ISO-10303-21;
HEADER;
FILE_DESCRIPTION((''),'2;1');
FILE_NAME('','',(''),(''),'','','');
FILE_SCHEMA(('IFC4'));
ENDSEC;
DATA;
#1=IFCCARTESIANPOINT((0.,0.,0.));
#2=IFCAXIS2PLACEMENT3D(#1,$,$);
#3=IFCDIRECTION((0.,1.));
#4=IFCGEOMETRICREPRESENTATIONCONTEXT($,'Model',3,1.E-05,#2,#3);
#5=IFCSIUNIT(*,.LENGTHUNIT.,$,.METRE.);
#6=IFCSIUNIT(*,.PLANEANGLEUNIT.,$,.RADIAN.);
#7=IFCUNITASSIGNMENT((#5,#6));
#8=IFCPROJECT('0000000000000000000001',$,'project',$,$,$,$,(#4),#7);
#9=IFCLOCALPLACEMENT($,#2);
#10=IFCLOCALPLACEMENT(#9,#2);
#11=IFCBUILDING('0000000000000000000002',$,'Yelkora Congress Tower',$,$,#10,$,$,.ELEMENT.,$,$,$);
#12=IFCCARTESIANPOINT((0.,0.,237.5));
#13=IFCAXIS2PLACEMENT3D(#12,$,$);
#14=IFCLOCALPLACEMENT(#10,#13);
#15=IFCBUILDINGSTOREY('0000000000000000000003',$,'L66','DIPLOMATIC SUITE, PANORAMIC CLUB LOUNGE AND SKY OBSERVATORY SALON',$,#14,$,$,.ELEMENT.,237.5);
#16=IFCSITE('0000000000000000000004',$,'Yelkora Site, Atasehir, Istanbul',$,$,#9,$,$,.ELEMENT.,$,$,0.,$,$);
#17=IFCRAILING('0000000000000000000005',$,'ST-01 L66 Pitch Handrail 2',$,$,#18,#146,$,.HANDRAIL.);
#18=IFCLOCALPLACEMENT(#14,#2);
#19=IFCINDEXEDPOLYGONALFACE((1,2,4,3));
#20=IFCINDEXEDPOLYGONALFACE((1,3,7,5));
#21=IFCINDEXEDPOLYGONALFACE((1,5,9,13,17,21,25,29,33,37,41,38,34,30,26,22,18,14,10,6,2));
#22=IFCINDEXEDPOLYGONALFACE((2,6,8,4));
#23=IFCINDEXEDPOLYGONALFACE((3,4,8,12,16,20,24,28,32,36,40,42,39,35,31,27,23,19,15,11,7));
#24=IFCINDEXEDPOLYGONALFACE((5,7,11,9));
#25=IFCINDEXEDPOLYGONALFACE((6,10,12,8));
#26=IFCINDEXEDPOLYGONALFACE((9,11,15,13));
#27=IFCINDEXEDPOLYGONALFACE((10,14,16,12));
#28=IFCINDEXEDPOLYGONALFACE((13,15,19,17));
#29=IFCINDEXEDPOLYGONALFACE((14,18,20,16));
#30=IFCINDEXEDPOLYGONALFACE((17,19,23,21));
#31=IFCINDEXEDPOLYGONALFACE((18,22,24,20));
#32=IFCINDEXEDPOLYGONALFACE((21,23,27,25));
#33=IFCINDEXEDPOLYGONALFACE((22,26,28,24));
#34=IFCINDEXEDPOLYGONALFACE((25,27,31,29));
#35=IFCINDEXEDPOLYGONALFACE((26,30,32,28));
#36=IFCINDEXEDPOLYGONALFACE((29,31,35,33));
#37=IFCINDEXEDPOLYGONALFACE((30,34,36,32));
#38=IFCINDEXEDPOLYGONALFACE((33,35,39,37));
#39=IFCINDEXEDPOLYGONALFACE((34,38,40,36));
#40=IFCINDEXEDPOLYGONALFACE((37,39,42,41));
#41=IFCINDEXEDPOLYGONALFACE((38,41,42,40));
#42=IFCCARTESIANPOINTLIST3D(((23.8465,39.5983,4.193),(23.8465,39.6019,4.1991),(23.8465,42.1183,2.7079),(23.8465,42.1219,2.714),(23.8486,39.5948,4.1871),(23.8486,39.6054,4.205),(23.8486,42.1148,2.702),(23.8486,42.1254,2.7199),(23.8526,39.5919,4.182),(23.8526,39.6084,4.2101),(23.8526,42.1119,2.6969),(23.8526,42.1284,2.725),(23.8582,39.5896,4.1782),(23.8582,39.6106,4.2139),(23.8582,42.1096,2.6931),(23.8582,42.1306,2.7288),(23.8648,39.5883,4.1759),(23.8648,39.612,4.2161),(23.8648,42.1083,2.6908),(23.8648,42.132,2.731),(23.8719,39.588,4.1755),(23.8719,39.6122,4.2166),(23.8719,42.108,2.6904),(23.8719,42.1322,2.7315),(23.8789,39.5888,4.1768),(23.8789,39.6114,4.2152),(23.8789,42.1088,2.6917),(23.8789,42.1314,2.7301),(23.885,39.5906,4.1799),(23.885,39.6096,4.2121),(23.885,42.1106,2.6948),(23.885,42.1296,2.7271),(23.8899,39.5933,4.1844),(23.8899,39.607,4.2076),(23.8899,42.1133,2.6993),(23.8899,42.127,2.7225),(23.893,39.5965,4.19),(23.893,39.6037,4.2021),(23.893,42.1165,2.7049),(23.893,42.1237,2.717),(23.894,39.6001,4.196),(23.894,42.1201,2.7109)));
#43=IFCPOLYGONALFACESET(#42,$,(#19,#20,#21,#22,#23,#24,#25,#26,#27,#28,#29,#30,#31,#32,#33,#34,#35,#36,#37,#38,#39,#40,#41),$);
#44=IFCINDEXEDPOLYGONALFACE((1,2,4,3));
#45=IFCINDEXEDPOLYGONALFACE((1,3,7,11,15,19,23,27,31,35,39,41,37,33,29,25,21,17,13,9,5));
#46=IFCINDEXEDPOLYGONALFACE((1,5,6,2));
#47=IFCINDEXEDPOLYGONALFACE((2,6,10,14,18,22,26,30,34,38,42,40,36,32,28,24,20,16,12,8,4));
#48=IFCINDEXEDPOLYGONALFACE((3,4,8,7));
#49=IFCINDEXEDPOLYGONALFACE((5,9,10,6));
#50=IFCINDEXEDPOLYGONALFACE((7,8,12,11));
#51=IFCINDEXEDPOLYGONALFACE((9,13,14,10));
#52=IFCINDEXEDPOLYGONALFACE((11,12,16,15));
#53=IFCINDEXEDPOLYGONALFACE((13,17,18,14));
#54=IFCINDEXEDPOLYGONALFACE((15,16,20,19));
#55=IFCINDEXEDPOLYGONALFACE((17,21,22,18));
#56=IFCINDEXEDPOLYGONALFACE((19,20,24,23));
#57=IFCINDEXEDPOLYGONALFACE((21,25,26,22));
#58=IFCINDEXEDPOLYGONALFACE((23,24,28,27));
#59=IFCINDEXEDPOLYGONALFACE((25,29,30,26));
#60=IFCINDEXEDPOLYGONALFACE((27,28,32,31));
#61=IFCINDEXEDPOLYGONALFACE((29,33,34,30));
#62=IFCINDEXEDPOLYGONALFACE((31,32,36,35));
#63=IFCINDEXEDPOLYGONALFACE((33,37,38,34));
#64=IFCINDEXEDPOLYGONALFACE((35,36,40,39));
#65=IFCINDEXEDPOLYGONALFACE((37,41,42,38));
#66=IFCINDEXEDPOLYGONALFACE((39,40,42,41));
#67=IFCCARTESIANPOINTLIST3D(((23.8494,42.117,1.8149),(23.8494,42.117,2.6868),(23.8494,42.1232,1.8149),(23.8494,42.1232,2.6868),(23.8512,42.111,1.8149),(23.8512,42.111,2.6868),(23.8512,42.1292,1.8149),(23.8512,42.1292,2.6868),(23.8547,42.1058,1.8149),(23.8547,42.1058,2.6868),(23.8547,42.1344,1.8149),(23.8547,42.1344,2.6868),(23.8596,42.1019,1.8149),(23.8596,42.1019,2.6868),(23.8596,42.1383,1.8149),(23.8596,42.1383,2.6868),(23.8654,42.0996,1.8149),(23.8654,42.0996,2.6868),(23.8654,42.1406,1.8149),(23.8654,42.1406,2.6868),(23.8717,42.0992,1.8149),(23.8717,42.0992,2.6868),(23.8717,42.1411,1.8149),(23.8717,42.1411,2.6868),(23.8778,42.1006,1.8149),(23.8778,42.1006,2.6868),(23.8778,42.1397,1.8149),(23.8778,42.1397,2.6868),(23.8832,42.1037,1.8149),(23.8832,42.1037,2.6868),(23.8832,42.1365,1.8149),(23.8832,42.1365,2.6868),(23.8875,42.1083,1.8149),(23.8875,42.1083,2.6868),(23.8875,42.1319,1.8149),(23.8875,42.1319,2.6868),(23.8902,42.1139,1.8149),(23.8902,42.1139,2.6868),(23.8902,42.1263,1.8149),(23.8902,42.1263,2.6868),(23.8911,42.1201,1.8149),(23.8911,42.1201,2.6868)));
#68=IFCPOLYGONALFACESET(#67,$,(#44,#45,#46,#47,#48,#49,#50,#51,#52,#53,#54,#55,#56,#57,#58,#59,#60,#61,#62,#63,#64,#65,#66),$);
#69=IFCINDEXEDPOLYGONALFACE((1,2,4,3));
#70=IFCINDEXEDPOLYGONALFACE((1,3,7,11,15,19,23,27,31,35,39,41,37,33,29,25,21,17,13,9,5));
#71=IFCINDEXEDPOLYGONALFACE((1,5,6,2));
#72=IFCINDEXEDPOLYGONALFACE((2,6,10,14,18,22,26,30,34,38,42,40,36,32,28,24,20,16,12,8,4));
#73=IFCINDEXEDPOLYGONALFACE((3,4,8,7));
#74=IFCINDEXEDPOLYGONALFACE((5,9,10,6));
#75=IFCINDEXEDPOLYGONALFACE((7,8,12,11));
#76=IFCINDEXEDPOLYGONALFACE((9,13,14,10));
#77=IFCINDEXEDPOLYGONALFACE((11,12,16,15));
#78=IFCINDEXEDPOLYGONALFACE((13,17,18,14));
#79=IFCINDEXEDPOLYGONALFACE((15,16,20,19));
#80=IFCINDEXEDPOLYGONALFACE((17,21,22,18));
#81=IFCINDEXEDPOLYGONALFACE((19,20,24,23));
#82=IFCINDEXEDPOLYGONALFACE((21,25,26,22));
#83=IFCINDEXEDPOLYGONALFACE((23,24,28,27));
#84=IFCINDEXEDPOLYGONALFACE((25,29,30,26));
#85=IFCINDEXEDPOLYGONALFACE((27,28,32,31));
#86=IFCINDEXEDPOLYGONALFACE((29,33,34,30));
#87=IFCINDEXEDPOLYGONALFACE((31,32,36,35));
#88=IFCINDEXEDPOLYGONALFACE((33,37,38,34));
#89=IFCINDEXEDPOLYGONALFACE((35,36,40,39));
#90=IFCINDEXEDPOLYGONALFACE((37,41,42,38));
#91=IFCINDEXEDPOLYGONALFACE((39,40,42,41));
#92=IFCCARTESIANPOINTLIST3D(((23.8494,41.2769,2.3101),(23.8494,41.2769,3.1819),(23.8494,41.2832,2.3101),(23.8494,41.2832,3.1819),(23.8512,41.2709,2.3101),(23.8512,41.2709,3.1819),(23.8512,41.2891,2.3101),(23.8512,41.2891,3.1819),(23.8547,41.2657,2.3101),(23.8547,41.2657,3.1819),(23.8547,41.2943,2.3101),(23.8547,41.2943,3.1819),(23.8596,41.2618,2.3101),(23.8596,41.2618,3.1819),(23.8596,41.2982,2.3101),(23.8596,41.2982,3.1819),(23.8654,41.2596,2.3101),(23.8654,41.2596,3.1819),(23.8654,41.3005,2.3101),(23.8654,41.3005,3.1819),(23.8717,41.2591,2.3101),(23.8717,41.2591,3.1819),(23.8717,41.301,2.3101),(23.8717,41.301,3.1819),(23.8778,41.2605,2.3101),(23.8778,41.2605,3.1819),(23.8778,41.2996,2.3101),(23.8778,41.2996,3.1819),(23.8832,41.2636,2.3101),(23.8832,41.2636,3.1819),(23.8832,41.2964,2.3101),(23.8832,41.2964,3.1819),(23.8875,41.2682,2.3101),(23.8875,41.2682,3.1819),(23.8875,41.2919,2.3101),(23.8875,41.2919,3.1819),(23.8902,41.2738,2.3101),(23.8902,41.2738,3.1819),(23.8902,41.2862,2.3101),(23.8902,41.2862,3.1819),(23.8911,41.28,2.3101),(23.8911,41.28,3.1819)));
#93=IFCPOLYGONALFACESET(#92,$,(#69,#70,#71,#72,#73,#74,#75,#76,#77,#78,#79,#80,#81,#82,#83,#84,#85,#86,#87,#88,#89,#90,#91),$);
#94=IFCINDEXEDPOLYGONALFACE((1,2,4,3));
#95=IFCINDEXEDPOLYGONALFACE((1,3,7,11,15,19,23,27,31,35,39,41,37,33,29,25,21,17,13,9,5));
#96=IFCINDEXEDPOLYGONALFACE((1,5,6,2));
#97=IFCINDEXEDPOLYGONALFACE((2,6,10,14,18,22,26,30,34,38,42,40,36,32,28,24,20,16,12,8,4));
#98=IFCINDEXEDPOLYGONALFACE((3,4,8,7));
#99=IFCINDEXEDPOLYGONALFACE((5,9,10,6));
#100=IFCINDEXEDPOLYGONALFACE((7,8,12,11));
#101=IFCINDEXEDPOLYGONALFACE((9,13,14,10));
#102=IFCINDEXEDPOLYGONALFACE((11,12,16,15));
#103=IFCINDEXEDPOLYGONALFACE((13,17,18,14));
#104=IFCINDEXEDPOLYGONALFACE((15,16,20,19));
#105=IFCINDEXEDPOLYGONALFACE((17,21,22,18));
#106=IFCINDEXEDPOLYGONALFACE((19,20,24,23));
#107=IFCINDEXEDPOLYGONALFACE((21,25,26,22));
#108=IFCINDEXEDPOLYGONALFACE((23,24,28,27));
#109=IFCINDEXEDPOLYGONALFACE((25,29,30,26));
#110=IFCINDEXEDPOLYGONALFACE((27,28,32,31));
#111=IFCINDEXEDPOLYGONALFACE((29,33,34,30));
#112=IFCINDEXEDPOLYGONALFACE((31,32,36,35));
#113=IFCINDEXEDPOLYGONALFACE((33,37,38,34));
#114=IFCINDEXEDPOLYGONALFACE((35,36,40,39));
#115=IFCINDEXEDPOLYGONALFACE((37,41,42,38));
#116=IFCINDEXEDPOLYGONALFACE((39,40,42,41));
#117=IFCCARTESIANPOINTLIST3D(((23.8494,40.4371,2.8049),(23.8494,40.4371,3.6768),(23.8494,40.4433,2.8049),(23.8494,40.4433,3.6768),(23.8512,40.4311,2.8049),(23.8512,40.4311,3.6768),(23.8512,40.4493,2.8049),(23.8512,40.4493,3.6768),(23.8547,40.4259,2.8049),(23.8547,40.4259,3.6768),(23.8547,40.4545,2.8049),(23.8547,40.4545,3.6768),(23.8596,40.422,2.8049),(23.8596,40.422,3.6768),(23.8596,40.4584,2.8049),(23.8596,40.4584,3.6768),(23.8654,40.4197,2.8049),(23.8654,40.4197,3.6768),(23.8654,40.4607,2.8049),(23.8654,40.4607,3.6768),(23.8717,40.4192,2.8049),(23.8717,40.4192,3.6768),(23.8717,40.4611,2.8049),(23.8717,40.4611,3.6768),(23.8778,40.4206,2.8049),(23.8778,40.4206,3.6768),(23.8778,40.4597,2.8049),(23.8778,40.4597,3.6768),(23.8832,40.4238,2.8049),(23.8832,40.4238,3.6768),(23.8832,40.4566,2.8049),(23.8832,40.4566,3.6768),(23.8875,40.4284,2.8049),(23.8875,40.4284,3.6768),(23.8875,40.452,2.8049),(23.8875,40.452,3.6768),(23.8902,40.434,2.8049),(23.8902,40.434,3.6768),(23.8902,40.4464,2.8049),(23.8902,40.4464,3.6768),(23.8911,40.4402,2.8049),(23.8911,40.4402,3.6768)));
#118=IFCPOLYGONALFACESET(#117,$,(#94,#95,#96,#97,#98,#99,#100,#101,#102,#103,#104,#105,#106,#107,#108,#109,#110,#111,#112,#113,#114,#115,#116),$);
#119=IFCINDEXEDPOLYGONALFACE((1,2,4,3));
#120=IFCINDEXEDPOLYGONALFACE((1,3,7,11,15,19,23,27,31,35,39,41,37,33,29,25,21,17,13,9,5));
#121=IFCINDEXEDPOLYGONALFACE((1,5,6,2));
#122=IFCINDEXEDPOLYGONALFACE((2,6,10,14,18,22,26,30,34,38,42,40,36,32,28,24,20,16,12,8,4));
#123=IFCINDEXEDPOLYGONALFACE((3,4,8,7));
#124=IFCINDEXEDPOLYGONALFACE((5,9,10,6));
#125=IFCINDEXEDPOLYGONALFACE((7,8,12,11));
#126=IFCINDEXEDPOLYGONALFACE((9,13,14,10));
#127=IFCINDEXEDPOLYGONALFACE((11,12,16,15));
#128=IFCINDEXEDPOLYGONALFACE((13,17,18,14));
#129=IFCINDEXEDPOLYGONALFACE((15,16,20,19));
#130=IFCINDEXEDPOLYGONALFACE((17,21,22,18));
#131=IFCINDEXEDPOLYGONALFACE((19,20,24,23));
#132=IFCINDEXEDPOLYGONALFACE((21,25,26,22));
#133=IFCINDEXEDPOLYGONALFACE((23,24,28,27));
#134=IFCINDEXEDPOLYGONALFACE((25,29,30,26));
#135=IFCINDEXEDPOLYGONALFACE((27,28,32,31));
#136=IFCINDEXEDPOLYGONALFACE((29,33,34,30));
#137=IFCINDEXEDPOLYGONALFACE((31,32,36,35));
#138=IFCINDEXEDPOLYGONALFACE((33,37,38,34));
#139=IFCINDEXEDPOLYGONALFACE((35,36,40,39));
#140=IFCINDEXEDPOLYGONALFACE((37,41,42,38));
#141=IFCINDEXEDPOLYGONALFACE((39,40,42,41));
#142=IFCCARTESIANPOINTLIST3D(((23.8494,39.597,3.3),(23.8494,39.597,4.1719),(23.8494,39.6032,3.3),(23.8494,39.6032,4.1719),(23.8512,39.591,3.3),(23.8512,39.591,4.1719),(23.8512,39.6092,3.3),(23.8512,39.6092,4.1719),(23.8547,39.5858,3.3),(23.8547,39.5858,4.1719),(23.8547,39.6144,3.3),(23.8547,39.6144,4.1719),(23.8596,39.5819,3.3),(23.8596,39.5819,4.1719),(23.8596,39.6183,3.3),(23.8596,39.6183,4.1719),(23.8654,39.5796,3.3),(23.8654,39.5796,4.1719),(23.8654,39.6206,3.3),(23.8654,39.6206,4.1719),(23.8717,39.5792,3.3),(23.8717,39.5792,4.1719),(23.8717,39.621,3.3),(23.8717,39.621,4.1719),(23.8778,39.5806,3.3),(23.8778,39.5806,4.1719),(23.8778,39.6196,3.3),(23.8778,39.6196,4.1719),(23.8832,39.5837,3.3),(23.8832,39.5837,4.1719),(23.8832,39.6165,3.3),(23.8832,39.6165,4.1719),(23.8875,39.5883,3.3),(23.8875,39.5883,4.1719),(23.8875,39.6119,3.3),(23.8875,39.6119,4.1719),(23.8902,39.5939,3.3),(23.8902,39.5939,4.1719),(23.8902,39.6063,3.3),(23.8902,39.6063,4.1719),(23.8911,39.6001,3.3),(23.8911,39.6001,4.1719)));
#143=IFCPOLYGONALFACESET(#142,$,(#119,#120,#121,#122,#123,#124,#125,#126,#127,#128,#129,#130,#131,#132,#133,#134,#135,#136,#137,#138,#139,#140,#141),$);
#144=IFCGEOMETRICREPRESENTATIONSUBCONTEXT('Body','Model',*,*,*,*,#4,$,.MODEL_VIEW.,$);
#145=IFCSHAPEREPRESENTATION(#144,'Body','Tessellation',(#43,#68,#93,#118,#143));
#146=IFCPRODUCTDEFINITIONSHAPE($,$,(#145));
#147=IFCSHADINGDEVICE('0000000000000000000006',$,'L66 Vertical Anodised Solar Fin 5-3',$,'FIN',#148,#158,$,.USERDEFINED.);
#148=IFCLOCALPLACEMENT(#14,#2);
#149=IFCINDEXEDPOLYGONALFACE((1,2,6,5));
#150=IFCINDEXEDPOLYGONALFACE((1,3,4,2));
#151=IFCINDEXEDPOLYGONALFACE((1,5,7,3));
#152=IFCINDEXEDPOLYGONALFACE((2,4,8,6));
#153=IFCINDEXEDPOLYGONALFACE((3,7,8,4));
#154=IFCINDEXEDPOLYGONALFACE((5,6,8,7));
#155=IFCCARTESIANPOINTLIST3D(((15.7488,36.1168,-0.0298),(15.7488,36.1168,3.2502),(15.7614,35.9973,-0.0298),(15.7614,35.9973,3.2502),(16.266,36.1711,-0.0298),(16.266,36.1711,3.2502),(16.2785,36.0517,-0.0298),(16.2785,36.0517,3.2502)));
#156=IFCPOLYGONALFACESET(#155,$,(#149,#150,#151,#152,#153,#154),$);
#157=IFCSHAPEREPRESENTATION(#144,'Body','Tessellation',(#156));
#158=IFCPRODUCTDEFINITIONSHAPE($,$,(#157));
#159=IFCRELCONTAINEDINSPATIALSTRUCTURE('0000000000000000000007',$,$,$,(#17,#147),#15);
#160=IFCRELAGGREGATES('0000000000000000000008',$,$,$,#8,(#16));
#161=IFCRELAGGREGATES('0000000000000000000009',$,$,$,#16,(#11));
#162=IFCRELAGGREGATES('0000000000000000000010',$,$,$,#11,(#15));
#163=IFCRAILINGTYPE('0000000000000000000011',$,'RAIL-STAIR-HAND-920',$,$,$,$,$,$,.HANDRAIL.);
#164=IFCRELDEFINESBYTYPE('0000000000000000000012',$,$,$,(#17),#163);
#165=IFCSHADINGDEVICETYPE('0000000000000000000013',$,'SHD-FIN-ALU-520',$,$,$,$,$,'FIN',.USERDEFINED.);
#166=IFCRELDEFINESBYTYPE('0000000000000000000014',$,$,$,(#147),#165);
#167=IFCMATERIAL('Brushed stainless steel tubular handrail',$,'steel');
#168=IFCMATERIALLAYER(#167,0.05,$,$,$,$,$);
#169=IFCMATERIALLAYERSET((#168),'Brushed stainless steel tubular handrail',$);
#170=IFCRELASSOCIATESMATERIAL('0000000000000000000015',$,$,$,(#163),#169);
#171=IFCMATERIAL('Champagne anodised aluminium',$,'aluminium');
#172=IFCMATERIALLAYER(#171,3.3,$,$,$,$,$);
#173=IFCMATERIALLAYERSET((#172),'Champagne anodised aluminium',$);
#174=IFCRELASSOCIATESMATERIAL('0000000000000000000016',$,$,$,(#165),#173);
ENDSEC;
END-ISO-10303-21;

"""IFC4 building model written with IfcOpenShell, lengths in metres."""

from ifc_helpers import new_model, si_unit, direction, frame, origin, origin_2d, place, context, subcontext, project, spatial, rectangle, circle, extrude, material, layer, layer_set, type_object, element, save


model = new_model("IFC4")

# Units and contexts
model_context = context("Model", 3, precision=1e-05, world=origin(), true_north=direction((0.0, 1.0)))
body_context = subcontext(model_context, "Body", "Model", "MODEL_VIEW")
ifc_project = project(units=[si_unit("LENGTHUNIT", "METRE"), si_unit("PLANEANGLEUNIT", "RADIAN")], contexts=[model_context])

# Site, building, storey
site_placement = place(None, origin())
site = spatial("IfcSite", under=ifc_project, at=site_placement, Name="Yelkora Site, Atasehir, Istanbul", CompositionType="ELEMENT", RefElevation=0.0)
building_placement = place(site_placement, origin())
building = spatial("IfcBuilding", under=site, at=building_placement, Name="Yelkora Congress Tower", CompositionType="ELEMENT")
storey_placement = place(building_placement, frame((0.0, 0.0, 237.5)))
storey = spatial("IfcBuildingStorey", under=building, at=storey_placement, Name="L66", Description="DIPLOMATIC SUITE, PANORAMIC CLUB LOUNGE AND SKY OBSERVATORY SALON", CompositionType="ELEMENT", Elevation=237.5)

# Railing
ifc_material_1 = material(Name="Brushed stainless steel tubular handrail", Category="steel")
ifc_layer_1 = layer(ifc_material_1, 0.05)
ifc_layer_set_1 = layer_set([ifc_layer_1], Name="Brushed stainless steel tubular handrail")
railing_type_1 = type_object("IfcRailingType", Name="RAIL-STAIR-HAND-920", PredefinedType="HANDRAIL", material=ifc_layer_set_1)
railing_1_placement = place(storey_placement, frame((23.8701, 42.1201, 1.8149)))
element("IfcRailing", 1, at=railing_1_placement, inside=storey, type_object=railing_type_1, Name="ST-01 L66 Pitch Handrail 2", PredefinedType="HANDRAIL", context=body_context, shape_type="SweptSolid", body=[
    extrude(circle(Radius=0.0239, at=origin_2d()), frame((0.0, 0.0, 0.896), z_axis=(0.0, -0.861524, 0.507717), x_axis=(1.0, 0.0, 0.0)), (0.0, 0.0, 1.0), 2.925),
    extrude(circle(Radius=0.021, at=origin_2d()), origin(), (0.0, 0.0, 1.0), 0.8718),
    extrude(circle(Radius=0.021, at=origin_2d()), frame((0.0, -0.8401, 0.4951)), (0.0, 0.0, 1.0), 0.8718),
    extrude(circle(Radius=0.021, at=origin_2d()), frame((0.0, -1.6799, 0.99)), (0.0, 0.0, 1.0), 0.8718),
    extrude(circle(Radius=0.021, at=origin_2d()), frame((0.0, -2.52, 1.4851)), (0.0, 0.0, 1.0), 0.8718),
])

# Shading device
ifc_material_2 = material(Name="Champagne anodised aluminium", Category="aluminium")
ifc_layer_2 = layer(ifc_material_2, 3.3)
ifc_layer_set_2 = layer_set([ifc_layer_2], Name="Champagne anodised aluminium")
shading_device_type = type_object("IfcShadingDeviceType", Name="SHD-FIN-ALU-520", ElementType="FIN", PredefinedType="USERDEFINED", material=ifc_layer_set_2)
shading_device_placement = place(storey_placement, frame((16.0137, 36.0842, -0.0298), z_axis=(0.0, 0.0, 1.0), x_axis=(-0.104528, 0.994522, 0.0)))
element("IfcShadingDevice", 2, at=shading_device_placement, inside=storey, type_object=shading_device_type, Name="L66 Vertical Anodised Solar Fin 5-3", ObjectType="FIN", PredefinedType="USERDEFINED", context=body_context, shape_type="SweptSolid", body=[
    extrude(rectangle(XDim=0.1201, YDim=0.52, at=origin_2d()), origin(), (0.0, 0.0, 1.0), 3.28),
])

save(model, "model.ifc")
